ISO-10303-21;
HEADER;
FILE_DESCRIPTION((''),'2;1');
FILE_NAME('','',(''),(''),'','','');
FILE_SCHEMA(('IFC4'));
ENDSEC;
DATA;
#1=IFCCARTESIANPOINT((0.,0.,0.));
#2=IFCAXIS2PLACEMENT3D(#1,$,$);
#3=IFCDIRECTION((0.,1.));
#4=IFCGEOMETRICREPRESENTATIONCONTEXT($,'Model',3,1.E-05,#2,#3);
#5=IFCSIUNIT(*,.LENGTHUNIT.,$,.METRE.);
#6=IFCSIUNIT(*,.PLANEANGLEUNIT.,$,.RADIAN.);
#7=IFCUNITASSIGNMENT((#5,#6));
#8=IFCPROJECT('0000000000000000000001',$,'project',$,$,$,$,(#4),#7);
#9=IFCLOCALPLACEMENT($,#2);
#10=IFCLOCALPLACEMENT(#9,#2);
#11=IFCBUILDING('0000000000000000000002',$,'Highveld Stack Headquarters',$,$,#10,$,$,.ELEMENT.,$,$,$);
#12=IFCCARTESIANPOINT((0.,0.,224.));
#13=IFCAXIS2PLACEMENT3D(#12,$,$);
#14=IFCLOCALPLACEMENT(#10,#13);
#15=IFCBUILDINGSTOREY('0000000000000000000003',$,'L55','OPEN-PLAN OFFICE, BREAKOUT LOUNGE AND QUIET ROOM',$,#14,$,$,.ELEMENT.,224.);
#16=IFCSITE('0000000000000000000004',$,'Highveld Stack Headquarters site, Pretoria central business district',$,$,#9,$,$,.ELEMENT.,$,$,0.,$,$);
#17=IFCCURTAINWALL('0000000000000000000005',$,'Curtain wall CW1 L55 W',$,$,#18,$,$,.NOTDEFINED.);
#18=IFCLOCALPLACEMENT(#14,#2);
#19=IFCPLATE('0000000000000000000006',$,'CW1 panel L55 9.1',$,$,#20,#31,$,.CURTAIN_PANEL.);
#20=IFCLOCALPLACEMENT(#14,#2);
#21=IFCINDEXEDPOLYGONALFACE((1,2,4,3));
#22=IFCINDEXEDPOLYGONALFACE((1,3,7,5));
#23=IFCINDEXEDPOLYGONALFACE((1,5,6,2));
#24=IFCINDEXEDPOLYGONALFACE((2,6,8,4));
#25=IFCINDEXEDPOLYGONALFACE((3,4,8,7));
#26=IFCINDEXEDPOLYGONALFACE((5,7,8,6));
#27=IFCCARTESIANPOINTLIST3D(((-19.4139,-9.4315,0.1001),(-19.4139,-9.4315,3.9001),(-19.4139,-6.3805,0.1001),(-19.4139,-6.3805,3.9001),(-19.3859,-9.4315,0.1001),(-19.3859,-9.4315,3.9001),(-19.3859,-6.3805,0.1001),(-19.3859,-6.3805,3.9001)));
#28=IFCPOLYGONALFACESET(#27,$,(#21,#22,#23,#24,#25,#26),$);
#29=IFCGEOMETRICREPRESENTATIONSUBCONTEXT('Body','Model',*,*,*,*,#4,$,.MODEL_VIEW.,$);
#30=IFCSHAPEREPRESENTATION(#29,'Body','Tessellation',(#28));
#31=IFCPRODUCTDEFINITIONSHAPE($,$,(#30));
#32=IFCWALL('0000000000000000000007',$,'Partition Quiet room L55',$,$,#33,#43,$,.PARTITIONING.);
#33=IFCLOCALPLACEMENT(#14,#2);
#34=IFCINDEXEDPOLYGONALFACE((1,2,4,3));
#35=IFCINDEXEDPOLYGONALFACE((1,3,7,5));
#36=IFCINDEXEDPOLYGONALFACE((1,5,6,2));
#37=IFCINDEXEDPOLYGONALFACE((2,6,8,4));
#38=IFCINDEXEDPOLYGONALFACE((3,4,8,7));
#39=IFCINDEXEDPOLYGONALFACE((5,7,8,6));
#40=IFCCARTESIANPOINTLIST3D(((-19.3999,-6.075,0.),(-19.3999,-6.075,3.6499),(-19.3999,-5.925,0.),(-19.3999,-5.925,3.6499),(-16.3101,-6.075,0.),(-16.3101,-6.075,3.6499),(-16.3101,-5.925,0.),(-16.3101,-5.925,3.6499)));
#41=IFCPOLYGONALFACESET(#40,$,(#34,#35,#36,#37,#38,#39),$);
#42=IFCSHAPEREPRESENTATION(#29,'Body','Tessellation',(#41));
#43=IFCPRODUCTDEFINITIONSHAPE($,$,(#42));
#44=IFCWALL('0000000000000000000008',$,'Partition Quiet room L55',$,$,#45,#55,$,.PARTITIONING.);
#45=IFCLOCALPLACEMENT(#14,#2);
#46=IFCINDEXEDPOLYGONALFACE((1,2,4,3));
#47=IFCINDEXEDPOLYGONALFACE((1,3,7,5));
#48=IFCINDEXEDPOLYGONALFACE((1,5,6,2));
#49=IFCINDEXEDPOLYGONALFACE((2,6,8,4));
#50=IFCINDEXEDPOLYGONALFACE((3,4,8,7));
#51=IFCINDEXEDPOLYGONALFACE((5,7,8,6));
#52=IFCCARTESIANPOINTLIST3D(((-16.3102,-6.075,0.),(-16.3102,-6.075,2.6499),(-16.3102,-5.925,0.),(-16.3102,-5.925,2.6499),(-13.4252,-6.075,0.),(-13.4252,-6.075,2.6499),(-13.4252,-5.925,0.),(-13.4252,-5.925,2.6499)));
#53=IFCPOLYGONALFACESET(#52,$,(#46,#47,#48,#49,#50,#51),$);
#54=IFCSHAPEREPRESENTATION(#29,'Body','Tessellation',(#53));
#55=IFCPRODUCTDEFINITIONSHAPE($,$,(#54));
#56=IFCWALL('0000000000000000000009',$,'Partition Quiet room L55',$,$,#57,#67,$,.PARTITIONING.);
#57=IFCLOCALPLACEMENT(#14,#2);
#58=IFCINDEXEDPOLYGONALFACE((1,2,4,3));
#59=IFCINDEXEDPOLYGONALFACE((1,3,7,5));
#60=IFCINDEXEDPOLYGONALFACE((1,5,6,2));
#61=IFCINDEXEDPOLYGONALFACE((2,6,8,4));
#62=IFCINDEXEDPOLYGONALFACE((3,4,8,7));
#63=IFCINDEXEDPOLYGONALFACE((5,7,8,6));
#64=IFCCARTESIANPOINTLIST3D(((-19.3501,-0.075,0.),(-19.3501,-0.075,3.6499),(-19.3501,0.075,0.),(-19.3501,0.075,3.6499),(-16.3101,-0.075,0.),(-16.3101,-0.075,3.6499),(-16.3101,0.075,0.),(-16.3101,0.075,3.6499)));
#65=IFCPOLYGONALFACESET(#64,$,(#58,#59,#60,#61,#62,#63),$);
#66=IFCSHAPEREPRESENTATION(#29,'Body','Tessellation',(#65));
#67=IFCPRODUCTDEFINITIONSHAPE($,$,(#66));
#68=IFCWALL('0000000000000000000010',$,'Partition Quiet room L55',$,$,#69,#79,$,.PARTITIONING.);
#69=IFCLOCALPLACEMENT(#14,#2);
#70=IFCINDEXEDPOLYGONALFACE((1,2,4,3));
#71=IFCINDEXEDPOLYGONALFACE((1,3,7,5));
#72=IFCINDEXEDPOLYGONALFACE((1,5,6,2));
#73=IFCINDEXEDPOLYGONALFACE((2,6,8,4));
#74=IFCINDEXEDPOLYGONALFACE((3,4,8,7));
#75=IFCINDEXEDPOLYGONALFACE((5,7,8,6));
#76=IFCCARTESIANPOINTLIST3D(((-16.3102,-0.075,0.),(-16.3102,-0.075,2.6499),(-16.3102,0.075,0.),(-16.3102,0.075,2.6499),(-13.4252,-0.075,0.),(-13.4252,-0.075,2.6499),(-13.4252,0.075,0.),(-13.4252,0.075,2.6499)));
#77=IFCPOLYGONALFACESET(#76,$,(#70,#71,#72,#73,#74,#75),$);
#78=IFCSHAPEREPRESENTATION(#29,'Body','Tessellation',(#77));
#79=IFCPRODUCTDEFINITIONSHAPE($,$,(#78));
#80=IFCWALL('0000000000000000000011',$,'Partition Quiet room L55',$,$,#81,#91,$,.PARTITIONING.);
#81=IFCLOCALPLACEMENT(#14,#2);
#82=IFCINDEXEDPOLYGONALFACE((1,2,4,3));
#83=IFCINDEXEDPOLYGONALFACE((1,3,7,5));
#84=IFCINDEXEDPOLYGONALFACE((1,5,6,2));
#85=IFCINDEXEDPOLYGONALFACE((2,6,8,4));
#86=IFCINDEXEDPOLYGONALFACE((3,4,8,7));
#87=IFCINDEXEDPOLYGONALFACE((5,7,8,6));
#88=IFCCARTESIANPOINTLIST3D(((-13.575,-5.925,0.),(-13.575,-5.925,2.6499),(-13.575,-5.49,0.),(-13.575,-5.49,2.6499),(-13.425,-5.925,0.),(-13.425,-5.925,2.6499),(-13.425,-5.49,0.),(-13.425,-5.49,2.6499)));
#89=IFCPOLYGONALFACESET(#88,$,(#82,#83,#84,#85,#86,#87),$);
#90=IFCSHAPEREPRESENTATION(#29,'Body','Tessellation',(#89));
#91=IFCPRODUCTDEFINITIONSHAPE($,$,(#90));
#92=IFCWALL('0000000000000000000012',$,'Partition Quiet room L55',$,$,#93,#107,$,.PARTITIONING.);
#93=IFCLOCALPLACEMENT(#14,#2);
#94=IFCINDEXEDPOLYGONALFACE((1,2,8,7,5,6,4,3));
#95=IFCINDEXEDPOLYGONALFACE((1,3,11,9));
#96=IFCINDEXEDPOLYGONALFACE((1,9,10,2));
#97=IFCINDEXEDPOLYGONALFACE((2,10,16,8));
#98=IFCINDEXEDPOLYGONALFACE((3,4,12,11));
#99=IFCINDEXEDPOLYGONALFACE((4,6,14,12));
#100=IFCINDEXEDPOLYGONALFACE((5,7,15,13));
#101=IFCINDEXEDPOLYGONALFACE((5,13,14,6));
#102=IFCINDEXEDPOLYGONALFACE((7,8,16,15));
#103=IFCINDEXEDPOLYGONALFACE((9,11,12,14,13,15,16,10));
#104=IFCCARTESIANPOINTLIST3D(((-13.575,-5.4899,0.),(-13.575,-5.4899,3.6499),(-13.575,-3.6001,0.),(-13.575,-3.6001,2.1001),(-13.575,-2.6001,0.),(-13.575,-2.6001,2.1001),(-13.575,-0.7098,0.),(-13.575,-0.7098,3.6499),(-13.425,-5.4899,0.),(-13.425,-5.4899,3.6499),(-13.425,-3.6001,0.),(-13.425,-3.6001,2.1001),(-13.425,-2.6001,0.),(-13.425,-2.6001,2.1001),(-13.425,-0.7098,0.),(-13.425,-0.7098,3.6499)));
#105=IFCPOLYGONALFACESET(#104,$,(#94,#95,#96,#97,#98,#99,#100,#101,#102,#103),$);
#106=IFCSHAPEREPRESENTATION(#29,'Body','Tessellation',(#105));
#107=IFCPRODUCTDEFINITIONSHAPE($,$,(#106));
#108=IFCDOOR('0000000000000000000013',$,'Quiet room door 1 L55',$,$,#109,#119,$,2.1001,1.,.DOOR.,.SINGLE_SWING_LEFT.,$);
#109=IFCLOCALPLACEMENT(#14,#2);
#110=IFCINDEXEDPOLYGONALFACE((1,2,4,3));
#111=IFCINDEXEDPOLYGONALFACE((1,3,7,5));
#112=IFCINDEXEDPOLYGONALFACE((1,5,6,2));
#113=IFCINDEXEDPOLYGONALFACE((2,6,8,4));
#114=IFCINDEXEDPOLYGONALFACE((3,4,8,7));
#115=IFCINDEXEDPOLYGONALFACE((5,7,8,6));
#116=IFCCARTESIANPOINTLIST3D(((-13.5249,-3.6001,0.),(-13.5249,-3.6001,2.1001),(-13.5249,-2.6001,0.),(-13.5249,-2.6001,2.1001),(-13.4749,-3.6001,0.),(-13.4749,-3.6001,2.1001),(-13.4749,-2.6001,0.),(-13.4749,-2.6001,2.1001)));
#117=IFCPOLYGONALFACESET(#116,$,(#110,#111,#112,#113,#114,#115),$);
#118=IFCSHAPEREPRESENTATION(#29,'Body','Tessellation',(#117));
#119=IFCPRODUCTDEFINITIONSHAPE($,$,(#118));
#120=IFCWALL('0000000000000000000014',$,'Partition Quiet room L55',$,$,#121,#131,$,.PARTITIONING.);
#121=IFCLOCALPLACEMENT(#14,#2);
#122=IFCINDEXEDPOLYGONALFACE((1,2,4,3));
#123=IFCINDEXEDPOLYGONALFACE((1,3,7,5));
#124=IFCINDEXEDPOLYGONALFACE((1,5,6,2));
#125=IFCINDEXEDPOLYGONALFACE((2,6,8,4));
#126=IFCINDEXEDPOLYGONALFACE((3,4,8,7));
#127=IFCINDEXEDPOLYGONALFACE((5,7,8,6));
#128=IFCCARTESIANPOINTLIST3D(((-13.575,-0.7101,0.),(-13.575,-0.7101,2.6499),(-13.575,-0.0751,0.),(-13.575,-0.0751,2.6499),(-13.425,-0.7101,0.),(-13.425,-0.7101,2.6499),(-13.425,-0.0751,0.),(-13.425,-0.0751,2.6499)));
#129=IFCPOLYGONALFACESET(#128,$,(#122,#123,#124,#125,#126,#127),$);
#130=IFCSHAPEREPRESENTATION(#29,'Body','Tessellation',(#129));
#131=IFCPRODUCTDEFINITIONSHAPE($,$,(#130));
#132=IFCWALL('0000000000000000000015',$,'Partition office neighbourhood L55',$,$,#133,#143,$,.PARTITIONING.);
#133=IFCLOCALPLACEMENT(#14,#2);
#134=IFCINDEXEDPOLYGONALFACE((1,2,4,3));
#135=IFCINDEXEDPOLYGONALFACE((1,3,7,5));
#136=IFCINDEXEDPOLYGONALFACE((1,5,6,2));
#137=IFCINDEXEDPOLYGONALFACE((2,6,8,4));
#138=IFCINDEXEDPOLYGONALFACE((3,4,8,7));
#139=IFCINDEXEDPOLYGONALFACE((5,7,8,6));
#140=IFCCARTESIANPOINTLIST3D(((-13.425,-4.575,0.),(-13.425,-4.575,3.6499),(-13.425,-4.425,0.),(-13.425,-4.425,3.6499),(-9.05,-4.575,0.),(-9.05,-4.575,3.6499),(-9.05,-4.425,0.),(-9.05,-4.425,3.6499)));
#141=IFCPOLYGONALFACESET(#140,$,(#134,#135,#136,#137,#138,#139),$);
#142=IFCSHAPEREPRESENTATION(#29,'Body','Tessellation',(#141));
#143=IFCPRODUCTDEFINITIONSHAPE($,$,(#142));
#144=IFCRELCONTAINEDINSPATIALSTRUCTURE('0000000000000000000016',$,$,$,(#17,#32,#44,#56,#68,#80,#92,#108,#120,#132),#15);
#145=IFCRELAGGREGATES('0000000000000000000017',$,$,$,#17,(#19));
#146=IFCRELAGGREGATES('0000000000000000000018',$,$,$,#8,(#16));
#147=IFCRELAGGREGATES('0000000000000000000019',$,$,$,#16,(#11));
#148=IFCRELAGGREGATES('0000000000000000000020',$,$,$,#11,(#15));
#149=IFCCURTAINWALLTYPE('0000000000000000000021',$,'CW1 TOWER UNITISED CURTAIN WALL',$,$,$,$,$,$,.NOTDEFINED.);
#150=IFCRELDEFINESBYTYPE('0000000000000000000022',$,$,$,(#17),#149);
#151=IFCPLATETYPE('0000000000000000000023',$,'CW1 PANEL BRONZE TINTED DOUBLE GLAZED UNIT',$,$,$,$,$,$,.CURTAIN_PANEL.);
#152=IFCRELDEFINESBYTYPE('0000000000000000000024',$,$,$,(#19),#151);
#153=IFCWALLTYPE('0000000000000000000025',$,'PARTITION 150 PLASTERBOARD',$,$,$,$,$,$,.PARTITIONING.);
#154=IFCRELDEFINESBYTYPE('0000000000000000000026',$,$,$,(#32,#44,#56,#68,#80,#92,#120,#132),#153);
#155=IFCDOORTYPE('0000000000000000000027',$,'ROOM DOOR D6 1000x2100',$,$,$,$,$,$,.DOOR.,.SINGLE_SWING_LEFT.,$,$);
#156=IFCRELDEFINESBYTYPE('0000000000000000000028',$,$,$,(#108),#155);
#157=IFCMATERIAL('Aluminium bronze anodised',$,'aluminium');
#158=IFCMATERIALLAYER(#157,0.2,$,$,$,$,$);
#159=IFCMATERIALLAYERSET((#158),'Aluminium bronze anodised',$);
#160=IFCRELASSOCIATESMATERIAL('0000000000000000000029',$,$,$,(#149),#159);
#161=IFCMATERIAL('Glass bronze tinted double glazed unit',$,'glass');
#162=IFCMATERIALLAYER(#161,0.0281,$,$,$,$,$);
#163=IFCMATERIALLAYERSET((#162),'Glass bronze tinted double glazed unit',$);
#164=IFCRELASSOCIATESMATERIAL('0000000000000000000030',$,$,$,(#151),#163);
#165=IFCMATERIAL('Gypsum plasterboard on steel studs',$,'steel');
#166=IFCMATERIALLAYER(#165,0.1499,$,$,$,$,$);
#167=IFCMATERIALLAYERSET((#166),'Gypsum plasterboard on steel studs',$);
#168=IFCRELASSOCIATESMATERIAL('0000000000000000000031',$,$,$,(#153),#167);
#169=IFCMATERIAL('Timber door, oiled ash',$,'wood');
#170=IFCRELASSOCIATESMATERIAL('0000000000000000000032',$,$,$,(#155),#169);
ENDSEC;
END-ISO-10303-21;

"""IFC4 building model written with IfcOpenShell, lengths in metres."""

from ifc_helpers import new_model, si_unit, direction, frame, frame_2d, origin, origin_2d, place, context, subcontext, project, spatial, rectangle, extrude, material, layer, layer_set, type_object, element, fill, aggregate, save


model = new_model("IFC4")

# Units and contexts
model_context = context("Model", 3, precision=1e-05, world=origin(), true_north=direction((0.0, 1.0)))
body_context = subcontext(model_context, "Body", "Model", "MODEL_VIEW")
ifc_project = project(units=[si_unit("LENGTHUNIT", "METRE"), si_unit("PLANEANGLEUNIT", "RADIAN")], contexts=[model_context])

# Site, building, storey
site_placement = place(None, origin())
site = spatial("IfcSite", under=ifc_project, at=site_placement, Name="Highveld Stack Headquarters site, Pretoria central business district", CompositionType="ELEMENT", RefElevation=0.0)
building_placement = place(site_placement, origin())
building = spatial("IfcBuilding", under=site, at=building_placement, Name="Highveld Stack Headquarters", CompositionType="ELEMENT")
storey_placement = place(building_placement, frame((0.0, 0.0, 224.0)))
storey = spatial("IfcBuildingStorey", under=building, at=storey_placement, Name="L55", Description="OPEN-PLAN OFFICE, BREAKOUT LOUNGE AND QUIET ROOM", CompositionType="ELEMENT", Elevation=224.0)

# Curtain wall
ifc_material_1 = material(Name="Aluminium bronze anodised", Category="aluminium")
ifc_layer_1 = layer(ifc_material_1, 0.2)
ifc_layer_set_1 = layer_set([ifc_layer_1], Name="Aluminium bronze anodised")
curtain_wall_type = type_object("IfcCurtainWallType", Name="CW1 TOWER UNITISED CURTAIN WALL", PredefinedType="NOTDEFINED", material=ifc_layer_set_1)
curtain_wall_placement = place(storey_placement, origin())
curtain_wall = element("IfcCurtainWall", 1, at=curtain_wall_placement, inside=storey, type_object=curtain_wall_type, Name="Curtain wall CW1 L55 W", PredefinedType="NOTDEFINED")

# Plate
ifc_material_2 = material(Name="Glass bronze tinted double glazed unit", Category="glass")
ifc_layer_2 = layer(ifc_material_2, 0.0281)
ifc_layer_set_2 = layer_set([ifc_layer_2], Name="Glass bronze tinted double glazed unit")
plate_type = type_object("IfcPlateType", Name="CW1 PANEL BRONZE TINTED DOUBLE GLAZED UNIT", PredefinedType="CURTAIN_PANEL", material=ifc_layer_set_2)
plate_1_placement = place(storey_placement, frame((-19.3999, -7.906, 0.1001), z_axis=(0.0, 0.0, 1.0), x_axis=(0.0, -1.0, 0.0)))
plate_1 = element("IfcPlate", 2, at=plate_1_placement, type_object=plate_type, Name="CW1 panel L55 9.1", PredefinedType="CURTAIN_PANEL", context=body_context, shape_type="SweptSolid", body=[
    extrude(rectangle(XDim=3.051, YDim=0.0281, at=origin_2d()), origin(), (0.0, 0.0, 1.0), 3.8),
])
aggregate(curtain_wall, [plate_1])

# Walls
ifc_material_3 = material(Name="Gypsum plasterboard on steel studs", Category="steel")
ifc_layer_3 = layer(ifc_material_3, 0.1499)
ifc_layer_set_3 = layer_set([ifc_layer_3], Name="Gypsum plasterboard on steel studs")
wall_type = type_object("IfcWallType", Name="PARTITION 150 PLASTERBOARD", PredefinedType="PARTITIONING", material=ifc_layer_set_3)
wall_1_placement = place(storey_placement, frame((-19.3999, -6.0, 0.0), z_axis=(0.0, 0.0, 1.0), x_axis=(1.0, 0.0, 0.0)))
element("IfcWall", 3, at=wall_1_placement, inside=storey, type_object=wall_type, Name="Partition Quiet room L55", PredefinedType="PARTITIONING", context=body_context, shape_type="SweptSolid", body=[
    extrude(rectangle(XDim=3.0898, YDim=0.1499, at=frame_2d((1.5449, 0.0))), origin(), (0.0, 0.0, 1.0), 3.6499),
])
wall_2_placement = place(storey_placement, frame((-16.3101, -6.0, 0.0), z_axis=(0.0, 0.0, 1.0), x_axis=(1.0, 0.0, 0.0)))
element("IfcWall", 4, at=wall_2_placement, inside=storey, type_object=wall_type, Name="Partition Quiet room L55", PredefinedType="PARTITIONING", context=body_context, shape_type="SweptSolid", body=[
    extrude(rectangle(XDim=2.885, YDim=0.1499, at=frame_2d((1.4424, 0.0))), origin(), (0.0, 0.0, 1.0), 2.6499),
])
wall_3_placement = place(storey_placement, frame((-19.3501, 0.0, 0.0), z_axis=(0.0, 0.0, 1.0), x_axis=(1.0, 0.0, 0.0)))
element("IfcWall", 5, at=wall_3_placement, inside=storey, type_object=wall_type, Name="Partition Quiet room L55", PredefinedType="PARTITIONING", context=body_context, shape_type="SweptSolid", body=[
    extrude(rectangle(XDim=3.04, YDim=0.1499, at=frame_2d((1.52, 0.0))), origin(), (0.0, 0.0, 1.0), 3.6499),
])
wall_4_placement = place(storey_placement, frame((-16.3101, 0.0, 0.0), z_axis=(0.0, 0.0, 1.0), x_axis=(1.0, 0.0, 0.0)))
element("IfcWall", 6, at=wall_4_placement, inside=storey, type_object=wall_type, Name="Partition Quiet room L55", PredefinedType="PARTITIONING", context=body_context, shape_type="SweptSolid", body=[
    extrude(rectangle(XDim=2.885, YDim=0.1499, at=frame_2d((1.4424, 0.0))), origin(), (0.0, 0.0, 1.0), 2.6499),
])
wall_5_placement = place(storey_placement, frame((-13.5, -5.925, 0.0), z_axis=(0.0, 0.0, 1.0), x_axis=(0.0, 1.0, 0.0)))
element("IfcWall", 7, at=wall_5_placement, inside=storey, type_object=wall_type, Name="Partition Quiet room L55", PredefinedType="PARTITIONING", context=body_context, shape_type="SweptSolid", body=[
    extrude(rectangle(XDim=0.4351, YDim=0.1499, at=frame_2d((0.2175, 0.0))), origin(), (0.0, 0.0, 1.0), 2.6499),
])

# Wall, opening, door
wall_6_placement = place(storey_placement, frame((-13.5, -5.49, 0.0), z_axis=(0.0, 0.0, 1.0), x_axis=(0.0, 1.0, 0.0)))
wall_6 = element("IfcWall", 8, at=wall_6_placement, inside=storey, type_object=wall_type, Name="Partition Quiet room L55", PredefinedType="PARTITIONING", context=body_context, shape_type="SweptSolid", body=[
    extrude(rectangle(XDim=4.78, YDim=0.1499, at=frame_2d((2.3901, 0.0))), origin(), (0.0, 0.0, 1.0), 3.6499),
])
opening_placement = place(wall_6_placement, frame((1.8899, 0.0, 0.0)))
opening = element("IfcOpeningElement", 9, at=opening_placement, cuts=wall_6, PredefinedType="OPENING", context=body_context, shape_type="SweptSolid", body=[
    extrude(rectangle(XDim=1.0, YDim=2.1001, at=frame_2d((0.5, 1.05))), frame((0.0, 0.085, 0.0), z_axis=(0.0, -1.0, 0.0), x_axis=(1.0, 0.0, 0.0)), (0.0, 0.0, 1.0), 0.1699),
])
ifc_material_4 = material(Name="Timber door, oiled ash", Category="wood")
door_type = type_object("IfcDoorType", Name="ROOM DOOR D6 1000x2100", OperationType="SINGLE_SWING_LEFT", PredefinedType="DOOR", material=ifc_material_4)
door_placement = place(opening_placement, origin())
door = element("IfcDoor", 10, at=door_placement, inside=storey, type_object=door_type, Name="Quiet room door 1 L55", OperationType="SINGLE_SWING_LEFT", OverallHeight=2.1001, OverallWidth=1.0, PredefinedType="DOOR", context=body_context, shape_type="SweptSolid", body=[
    extrude(rectangle(XDim=1.0, YDim=2.1001, at=frame_2d((0.5, 1.05))), frame((0.0, 0.0249, 0.0), z_axis=(0.0, -1.0, 0.0), x_axis=(1.0, 0.0, 0.0)), (0.0, 0.0, 1.0), 0.05),
])
fill(opening, door)

# Walls
wall_7_placement = place(storey_placement, frame((-13.5, -0.71, 0.0), z_axis=(0.0, 0.0, 1.0), x_axis=(0.0, 1.0, 0.0)))
element("IfcWall", 11, at=wall_7_placement, inside=storey, type_object=wall_type, Name="Partition Quiet room L55", PredefinedType="PARTITIONING", context=body_context, shape_type="SweptSolid", body=[
    extrude(rectangle(XDim=0.635, YDim=0.1499, at=frame_2d((0.3174, 0.0))), origin(), (0.0, 0.0, 1.0), 2.6499),
])
wall_8_placement = place(storey_placement, frame((-13.425, -4.5, 0.0), z_axis=(0.0, 0.0, 1.0), x_axis=(1.0, 0.0, 0.0)))
element("IfcWall", 12, at=wall_8_placement, inside=storey, type_object=wall_type, Name="Partition office neighbourhood L55", PredefinedType="PARTITIONING", context=body_context, shape_type="SweptSolid", body=[
    extrude(rectangle(XDim=4.375, YDim=0.1499, at=frame_2d((2.1875, 0.0))), origin(), (0.0, 0.0, 1.0), 3.6499),
])

save(model, "model.ifc")
